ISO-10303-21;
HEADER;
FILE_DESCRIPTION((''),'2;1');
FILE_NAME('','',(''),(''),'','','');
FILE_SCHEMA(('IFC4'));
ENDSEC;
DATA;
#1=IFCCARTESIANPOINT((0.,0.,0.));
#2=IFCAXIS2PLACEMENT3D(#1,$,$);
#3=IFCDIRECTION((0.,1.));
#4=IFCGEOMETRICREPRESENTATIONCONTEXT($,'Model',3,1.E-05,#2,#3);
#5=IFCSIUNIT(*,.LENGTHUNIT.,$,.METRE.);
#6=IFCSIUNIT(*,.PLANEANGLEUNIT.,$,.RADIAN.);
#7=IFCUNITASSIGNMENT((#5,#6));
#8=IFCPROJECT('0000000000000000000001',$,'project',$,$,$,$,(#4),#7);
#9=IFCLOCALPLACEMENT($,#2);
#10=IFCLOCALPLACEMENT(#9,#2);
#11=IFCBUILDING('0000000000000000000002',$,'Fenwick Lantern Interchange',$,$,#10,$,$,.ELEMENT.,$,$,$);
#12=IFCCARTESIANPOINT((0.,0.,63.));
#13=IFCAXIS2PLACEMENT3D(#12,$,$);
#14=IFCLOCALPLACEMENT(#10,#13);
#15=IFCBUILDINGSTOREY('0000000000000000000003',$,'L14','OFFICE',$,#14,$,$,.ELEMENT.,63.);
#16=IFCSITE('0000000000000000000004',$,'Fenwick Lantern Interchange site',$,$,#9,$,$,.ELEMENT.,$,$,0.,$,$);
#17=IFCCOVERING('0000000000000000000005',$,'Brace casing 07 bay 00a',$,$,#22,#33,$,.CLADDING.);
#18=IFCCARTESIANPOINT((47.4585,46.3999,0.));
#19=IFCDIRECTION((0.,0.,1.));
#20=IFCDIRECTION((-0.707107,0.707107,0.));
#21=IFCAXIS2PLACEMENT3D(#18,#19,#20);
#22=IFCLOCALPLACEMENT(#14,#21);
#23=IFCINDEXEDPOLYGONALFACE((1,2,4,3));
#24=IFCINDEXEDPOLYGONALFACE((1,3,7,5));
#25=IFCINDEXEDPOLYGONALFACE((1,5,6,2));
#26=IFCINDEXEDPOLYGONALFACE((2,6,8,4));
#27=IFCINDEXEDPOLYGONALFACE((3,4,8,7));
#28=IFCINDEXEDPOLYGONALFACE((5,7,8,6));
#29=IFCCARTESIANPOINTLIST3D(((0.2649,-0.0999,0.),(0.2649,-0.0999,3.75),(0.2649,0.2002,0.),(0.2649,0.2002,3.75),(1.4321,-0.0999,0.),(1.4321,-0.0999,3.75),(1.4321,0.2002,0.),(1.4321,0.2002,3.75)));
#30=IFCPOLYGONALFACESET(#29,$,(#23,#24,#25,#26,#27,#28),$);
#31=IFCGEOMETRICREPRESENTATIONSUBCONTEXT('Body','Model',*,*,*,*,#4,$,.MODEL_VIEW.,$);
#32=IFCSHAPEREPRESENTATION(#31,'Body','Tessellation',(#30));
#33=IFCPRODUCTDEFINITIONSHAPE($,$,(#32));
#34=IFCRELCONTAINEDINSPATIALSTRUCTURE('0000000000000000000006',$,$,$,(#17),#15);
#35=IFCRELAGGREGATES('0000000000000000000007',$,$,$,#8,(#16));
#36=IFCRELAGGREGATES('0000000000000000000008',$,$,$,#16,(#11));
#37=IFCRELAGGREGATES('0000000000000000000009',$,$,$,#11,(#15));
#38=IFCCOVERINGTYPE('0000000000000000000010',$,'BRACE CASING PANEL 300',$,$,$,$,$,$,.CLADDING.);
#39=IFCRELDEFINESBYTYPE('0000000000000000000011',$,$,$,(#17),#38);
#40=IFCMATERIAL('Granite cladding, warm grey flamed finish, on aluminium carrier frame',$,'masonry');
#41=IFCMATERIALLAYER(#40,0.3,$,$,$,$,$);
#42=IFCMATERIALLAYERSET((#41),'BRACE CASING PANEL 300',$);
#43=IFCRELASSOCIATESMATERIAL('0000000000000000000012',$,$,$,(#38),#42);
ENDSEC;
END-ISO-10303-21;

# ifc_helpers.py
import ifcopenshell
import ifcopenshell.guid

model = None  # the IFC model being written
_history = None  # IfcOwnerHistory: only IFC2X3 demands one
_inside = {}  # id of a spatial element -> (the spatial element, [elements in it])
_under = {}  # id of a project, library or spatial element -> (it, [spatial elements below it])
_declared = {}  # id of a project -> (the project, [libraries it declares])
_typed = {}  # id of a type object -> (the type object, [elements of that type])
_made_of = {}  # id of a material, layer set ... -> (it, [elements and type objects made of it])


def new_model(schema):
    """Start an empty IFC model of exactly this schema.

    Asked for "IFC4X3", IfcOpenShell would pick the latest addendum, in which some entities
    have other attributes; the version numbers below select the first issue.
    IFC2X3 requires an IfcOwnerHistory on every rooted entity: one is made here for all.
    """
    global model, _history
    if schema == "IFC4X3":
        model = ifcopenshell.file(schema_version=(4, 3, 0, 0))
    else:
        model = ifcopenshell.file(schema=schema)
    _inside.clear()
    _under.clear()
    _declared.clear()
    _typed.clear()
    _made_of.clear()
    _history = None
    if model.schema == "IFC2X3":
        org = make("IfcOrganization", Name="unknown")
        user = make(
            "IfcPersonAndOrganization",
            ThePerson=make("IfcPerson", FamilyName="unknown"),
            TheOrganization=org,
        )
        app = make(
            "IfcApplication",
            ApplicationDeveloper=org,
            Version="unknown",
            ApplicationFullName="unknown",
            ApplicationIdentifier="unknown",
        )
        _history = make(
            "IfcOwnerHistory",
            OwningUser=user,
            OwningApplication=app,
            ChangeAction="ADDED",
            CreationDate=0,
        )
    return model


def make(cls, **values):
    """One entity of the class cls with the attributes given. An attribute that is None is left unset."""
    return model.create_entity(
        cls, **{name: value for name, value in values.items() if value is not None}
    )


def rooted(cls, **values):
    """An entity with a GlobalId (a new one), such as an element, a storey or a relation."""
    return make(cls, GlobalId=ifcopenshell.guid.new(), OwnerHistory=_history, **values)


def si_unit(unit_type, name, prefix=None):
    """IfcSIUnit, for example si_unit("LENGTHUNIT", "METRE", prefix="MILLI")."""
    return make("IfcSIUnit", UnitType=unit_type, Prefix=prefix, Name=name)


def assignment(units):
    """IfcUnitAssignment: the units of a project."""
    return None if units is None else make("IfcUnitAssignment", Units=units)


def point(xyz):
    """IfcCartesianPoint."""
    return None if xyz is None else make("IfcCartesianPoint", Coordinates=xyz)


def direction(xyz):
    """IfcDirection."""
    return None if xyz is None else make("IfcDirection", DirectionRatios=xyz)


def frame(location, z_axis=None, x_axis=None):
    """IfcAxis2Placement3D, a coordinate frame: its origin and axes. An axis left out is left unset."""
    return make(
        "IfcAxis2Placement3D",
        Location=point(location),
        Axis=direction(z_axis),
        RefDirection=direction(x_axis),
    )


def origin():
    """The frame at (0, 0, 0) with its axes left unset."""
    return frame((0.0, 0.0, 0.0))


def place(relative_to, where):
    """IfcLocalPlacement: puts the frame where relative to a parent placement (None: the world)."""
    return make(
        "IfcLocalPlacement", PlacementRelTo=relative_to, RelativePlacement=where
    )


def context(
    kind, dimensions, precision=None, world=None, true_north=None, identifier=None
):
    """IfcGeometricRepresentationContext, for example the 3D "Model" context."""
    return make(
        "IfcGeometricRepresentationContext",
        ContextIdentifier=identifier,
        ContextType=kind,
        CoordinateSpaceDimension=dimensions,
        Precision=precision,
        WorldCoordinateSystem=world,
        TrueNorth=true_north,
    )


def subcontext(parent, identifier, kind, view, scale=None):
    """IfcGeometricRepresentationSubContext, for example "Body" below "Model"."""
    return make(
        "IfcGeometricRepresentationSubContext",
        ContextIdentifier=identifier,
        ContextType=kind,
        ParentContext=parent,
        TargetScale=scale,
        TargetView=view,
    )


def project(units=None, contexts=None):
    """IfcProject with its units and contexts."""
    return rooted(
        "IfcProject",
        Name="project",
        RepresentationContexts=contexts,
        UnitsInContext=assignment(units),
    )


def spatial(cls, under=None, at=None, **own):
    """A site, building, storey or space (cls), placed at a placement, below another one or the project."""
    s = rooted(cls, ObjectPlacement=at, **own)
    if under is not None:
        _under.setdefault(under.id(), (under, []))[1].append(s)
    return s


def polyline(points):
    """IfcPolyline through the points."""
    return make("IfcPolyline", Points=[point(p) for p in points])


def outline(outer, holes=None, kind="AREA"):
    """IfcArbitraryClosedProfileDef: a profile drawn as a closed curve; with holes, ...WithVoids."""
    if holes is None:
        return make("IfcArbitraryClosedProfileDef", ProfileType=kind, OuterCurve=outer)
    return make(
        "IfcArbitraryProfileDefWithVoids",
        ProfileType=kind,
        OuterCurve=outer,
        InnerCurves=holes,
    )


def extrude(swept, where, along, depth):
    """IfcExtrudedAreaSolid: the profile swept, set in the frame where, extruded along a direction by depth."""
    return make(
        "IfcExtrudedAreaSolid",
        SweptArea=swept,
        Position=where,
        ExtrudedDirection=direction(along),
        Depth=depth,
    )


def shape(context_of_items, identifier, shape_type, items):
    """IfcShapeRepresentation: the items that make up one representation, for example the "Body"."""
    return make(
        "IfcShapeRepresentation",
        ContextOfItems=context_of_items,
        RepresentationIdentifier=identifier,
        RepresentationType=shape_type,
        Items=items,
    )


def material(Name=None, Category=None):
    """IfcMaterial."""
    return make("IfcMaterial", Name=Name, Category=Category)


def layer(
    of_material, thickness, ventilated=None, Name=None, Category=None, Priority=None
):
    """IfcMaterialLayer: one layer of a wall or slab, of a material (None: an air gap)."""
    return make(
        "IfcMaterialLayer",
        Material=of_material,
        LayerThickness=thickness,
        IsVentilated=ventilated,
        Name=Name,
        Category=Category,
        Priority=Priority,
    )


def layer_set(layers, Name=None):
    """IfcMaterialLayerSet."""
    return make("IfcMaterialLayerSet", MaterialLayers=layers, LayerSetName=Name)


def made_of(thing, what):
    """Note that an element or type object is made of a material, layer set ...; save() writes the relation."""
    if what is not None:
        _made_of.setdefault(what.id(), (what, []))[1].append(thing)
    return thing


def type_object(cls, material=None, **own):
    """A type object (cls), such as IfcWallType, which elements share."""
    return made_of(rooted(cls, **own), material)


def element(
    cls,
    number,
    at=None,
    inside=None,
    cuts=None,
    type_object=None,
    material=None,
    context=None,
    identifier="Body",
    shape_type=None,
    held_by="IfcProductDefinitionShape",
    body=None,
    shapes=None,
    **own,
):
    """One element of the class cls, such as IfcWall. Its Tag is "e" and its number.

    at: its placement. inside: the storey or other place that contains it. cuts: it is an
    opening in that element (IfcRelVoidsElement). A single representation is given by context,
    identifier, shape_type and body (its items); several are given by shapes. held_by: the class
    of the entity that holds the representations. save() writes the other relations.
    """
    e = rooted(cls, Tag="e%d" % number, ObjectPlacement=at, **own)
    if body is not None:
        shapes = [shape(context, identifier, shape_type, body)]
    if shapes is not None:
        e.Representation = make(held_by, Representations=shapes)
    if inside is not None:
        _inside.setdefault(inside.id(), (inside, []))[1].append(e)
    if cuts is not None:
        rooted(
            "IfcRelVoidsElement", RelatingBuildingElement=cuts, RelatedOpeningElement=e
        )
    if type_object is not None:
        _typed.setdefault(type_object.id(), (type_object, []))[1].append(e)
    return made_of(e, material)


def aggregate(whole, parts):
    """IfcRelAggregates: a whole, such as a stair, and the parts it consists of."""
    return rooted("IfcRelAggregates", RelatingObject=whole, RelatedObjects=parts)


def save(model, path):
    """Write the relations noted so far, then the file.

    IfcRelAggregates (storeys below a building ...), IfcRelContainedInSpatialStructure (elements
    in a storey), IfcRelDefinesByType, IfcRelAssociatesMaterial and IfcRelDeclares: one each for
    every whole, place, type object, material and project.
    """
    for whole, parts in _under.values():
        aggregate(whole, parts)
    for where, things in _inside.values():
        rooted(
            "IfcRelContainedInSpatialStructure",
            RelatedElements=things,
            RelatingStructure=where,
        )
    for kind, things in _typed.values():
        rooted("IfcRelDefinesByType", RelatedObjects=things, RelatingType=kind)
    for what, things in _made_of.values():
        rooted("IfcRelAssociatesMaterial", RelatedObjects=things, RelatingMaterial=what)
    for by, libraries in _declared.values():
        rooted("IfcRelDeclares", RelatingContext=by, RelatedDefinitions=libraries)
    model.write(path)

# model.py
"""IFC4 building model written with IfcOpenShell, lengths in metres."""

from ifc_helpers import new_model, si_unit, direction, frame, origin, place, context, subcontext, project, spatial, polyline, outline, extrude, material, layer, layer_set, type_object, element, save


model = new_model("IFC4")

# Units and contexts
model_context = context("Model", 3, precision=1e-05, world=origin(), true_north=direction((0.0, 1.0)))
body_context = subcontext(model_context, "Body", "Model", "MODEL_VIEW")
ifc_project = project(units=[si_unit("LENGTHUNIT", "METRE"), si_unit("PLANEANGLEUNIT", "RADIAN")], contexts=[model_context])

# Site, building, storey
site_placement = place(None, origin())
site = spatial("IfcSite", under=ifc_project, at=site_placement, Name="Fenwick Lantern Interchange site", CompositionType="ELEMENT", RefElevation=0.0)
building_placement = place(site_placement, origin())
building = spatial("IfcBuilding", under=site, at=building_placement, Name="Fenwick Lantern Interchange", CompositionType="ELEMENT")
storey_placement = place(building_placement, frame((0.0, 0.0, 63.0)))
storey = spatial("IfcBuildingStorey", under=building, at=storey_placement, Name="L14", Description="OFFICE", CompositionType="ELEMENT", Elevation=63.0)

# Covering
ifc_material_1 = material(Name="Granite cladding, warm grey flamed finish, on aluminium carrier frame", Category="masonry")
ifc_layer_1 = layer(ifc_material_1, 0.3)
ifc_layer_set_1 = layer_set([ifc_layer_1], Name="BRACE CASING PANEL 300")
covering_type = type_object("IfcCoveringType", Name="BRACE CASING PANEL 300", PredefinedType="CLADDING", material=ifc_layer_set_1)
covering_placement = place(storey_placement, frame((47.4585, 46.3999, 0.0), z_axis=(0.0, 0.0, 1.0), x_axis=(-0.707107, 0.707107, 0.0)))
element("IfcCovering", 1, at=covering_placement, inside=storey, type_object=covering_type, Name="Brace casing 07 bay 00a", PredefinedType="CLADDING", context=body_context, shape_type="SweptSolid", body=[
    extrude(outline(polyline([(0.2649, 0.0), (1.4321, 0.0), (1.4321, 3.75), (0.2649, 3.75), (0.2649, 0.0)])), frame((0.0, 0.2002, 0.0), z_axis=(0.0, -1.0, 0.0), x_axis=(1.0, 0.0, 0.0)), (0.0, 0.0, 1.0), 0.3),
])

save(model, "model.ifc")
